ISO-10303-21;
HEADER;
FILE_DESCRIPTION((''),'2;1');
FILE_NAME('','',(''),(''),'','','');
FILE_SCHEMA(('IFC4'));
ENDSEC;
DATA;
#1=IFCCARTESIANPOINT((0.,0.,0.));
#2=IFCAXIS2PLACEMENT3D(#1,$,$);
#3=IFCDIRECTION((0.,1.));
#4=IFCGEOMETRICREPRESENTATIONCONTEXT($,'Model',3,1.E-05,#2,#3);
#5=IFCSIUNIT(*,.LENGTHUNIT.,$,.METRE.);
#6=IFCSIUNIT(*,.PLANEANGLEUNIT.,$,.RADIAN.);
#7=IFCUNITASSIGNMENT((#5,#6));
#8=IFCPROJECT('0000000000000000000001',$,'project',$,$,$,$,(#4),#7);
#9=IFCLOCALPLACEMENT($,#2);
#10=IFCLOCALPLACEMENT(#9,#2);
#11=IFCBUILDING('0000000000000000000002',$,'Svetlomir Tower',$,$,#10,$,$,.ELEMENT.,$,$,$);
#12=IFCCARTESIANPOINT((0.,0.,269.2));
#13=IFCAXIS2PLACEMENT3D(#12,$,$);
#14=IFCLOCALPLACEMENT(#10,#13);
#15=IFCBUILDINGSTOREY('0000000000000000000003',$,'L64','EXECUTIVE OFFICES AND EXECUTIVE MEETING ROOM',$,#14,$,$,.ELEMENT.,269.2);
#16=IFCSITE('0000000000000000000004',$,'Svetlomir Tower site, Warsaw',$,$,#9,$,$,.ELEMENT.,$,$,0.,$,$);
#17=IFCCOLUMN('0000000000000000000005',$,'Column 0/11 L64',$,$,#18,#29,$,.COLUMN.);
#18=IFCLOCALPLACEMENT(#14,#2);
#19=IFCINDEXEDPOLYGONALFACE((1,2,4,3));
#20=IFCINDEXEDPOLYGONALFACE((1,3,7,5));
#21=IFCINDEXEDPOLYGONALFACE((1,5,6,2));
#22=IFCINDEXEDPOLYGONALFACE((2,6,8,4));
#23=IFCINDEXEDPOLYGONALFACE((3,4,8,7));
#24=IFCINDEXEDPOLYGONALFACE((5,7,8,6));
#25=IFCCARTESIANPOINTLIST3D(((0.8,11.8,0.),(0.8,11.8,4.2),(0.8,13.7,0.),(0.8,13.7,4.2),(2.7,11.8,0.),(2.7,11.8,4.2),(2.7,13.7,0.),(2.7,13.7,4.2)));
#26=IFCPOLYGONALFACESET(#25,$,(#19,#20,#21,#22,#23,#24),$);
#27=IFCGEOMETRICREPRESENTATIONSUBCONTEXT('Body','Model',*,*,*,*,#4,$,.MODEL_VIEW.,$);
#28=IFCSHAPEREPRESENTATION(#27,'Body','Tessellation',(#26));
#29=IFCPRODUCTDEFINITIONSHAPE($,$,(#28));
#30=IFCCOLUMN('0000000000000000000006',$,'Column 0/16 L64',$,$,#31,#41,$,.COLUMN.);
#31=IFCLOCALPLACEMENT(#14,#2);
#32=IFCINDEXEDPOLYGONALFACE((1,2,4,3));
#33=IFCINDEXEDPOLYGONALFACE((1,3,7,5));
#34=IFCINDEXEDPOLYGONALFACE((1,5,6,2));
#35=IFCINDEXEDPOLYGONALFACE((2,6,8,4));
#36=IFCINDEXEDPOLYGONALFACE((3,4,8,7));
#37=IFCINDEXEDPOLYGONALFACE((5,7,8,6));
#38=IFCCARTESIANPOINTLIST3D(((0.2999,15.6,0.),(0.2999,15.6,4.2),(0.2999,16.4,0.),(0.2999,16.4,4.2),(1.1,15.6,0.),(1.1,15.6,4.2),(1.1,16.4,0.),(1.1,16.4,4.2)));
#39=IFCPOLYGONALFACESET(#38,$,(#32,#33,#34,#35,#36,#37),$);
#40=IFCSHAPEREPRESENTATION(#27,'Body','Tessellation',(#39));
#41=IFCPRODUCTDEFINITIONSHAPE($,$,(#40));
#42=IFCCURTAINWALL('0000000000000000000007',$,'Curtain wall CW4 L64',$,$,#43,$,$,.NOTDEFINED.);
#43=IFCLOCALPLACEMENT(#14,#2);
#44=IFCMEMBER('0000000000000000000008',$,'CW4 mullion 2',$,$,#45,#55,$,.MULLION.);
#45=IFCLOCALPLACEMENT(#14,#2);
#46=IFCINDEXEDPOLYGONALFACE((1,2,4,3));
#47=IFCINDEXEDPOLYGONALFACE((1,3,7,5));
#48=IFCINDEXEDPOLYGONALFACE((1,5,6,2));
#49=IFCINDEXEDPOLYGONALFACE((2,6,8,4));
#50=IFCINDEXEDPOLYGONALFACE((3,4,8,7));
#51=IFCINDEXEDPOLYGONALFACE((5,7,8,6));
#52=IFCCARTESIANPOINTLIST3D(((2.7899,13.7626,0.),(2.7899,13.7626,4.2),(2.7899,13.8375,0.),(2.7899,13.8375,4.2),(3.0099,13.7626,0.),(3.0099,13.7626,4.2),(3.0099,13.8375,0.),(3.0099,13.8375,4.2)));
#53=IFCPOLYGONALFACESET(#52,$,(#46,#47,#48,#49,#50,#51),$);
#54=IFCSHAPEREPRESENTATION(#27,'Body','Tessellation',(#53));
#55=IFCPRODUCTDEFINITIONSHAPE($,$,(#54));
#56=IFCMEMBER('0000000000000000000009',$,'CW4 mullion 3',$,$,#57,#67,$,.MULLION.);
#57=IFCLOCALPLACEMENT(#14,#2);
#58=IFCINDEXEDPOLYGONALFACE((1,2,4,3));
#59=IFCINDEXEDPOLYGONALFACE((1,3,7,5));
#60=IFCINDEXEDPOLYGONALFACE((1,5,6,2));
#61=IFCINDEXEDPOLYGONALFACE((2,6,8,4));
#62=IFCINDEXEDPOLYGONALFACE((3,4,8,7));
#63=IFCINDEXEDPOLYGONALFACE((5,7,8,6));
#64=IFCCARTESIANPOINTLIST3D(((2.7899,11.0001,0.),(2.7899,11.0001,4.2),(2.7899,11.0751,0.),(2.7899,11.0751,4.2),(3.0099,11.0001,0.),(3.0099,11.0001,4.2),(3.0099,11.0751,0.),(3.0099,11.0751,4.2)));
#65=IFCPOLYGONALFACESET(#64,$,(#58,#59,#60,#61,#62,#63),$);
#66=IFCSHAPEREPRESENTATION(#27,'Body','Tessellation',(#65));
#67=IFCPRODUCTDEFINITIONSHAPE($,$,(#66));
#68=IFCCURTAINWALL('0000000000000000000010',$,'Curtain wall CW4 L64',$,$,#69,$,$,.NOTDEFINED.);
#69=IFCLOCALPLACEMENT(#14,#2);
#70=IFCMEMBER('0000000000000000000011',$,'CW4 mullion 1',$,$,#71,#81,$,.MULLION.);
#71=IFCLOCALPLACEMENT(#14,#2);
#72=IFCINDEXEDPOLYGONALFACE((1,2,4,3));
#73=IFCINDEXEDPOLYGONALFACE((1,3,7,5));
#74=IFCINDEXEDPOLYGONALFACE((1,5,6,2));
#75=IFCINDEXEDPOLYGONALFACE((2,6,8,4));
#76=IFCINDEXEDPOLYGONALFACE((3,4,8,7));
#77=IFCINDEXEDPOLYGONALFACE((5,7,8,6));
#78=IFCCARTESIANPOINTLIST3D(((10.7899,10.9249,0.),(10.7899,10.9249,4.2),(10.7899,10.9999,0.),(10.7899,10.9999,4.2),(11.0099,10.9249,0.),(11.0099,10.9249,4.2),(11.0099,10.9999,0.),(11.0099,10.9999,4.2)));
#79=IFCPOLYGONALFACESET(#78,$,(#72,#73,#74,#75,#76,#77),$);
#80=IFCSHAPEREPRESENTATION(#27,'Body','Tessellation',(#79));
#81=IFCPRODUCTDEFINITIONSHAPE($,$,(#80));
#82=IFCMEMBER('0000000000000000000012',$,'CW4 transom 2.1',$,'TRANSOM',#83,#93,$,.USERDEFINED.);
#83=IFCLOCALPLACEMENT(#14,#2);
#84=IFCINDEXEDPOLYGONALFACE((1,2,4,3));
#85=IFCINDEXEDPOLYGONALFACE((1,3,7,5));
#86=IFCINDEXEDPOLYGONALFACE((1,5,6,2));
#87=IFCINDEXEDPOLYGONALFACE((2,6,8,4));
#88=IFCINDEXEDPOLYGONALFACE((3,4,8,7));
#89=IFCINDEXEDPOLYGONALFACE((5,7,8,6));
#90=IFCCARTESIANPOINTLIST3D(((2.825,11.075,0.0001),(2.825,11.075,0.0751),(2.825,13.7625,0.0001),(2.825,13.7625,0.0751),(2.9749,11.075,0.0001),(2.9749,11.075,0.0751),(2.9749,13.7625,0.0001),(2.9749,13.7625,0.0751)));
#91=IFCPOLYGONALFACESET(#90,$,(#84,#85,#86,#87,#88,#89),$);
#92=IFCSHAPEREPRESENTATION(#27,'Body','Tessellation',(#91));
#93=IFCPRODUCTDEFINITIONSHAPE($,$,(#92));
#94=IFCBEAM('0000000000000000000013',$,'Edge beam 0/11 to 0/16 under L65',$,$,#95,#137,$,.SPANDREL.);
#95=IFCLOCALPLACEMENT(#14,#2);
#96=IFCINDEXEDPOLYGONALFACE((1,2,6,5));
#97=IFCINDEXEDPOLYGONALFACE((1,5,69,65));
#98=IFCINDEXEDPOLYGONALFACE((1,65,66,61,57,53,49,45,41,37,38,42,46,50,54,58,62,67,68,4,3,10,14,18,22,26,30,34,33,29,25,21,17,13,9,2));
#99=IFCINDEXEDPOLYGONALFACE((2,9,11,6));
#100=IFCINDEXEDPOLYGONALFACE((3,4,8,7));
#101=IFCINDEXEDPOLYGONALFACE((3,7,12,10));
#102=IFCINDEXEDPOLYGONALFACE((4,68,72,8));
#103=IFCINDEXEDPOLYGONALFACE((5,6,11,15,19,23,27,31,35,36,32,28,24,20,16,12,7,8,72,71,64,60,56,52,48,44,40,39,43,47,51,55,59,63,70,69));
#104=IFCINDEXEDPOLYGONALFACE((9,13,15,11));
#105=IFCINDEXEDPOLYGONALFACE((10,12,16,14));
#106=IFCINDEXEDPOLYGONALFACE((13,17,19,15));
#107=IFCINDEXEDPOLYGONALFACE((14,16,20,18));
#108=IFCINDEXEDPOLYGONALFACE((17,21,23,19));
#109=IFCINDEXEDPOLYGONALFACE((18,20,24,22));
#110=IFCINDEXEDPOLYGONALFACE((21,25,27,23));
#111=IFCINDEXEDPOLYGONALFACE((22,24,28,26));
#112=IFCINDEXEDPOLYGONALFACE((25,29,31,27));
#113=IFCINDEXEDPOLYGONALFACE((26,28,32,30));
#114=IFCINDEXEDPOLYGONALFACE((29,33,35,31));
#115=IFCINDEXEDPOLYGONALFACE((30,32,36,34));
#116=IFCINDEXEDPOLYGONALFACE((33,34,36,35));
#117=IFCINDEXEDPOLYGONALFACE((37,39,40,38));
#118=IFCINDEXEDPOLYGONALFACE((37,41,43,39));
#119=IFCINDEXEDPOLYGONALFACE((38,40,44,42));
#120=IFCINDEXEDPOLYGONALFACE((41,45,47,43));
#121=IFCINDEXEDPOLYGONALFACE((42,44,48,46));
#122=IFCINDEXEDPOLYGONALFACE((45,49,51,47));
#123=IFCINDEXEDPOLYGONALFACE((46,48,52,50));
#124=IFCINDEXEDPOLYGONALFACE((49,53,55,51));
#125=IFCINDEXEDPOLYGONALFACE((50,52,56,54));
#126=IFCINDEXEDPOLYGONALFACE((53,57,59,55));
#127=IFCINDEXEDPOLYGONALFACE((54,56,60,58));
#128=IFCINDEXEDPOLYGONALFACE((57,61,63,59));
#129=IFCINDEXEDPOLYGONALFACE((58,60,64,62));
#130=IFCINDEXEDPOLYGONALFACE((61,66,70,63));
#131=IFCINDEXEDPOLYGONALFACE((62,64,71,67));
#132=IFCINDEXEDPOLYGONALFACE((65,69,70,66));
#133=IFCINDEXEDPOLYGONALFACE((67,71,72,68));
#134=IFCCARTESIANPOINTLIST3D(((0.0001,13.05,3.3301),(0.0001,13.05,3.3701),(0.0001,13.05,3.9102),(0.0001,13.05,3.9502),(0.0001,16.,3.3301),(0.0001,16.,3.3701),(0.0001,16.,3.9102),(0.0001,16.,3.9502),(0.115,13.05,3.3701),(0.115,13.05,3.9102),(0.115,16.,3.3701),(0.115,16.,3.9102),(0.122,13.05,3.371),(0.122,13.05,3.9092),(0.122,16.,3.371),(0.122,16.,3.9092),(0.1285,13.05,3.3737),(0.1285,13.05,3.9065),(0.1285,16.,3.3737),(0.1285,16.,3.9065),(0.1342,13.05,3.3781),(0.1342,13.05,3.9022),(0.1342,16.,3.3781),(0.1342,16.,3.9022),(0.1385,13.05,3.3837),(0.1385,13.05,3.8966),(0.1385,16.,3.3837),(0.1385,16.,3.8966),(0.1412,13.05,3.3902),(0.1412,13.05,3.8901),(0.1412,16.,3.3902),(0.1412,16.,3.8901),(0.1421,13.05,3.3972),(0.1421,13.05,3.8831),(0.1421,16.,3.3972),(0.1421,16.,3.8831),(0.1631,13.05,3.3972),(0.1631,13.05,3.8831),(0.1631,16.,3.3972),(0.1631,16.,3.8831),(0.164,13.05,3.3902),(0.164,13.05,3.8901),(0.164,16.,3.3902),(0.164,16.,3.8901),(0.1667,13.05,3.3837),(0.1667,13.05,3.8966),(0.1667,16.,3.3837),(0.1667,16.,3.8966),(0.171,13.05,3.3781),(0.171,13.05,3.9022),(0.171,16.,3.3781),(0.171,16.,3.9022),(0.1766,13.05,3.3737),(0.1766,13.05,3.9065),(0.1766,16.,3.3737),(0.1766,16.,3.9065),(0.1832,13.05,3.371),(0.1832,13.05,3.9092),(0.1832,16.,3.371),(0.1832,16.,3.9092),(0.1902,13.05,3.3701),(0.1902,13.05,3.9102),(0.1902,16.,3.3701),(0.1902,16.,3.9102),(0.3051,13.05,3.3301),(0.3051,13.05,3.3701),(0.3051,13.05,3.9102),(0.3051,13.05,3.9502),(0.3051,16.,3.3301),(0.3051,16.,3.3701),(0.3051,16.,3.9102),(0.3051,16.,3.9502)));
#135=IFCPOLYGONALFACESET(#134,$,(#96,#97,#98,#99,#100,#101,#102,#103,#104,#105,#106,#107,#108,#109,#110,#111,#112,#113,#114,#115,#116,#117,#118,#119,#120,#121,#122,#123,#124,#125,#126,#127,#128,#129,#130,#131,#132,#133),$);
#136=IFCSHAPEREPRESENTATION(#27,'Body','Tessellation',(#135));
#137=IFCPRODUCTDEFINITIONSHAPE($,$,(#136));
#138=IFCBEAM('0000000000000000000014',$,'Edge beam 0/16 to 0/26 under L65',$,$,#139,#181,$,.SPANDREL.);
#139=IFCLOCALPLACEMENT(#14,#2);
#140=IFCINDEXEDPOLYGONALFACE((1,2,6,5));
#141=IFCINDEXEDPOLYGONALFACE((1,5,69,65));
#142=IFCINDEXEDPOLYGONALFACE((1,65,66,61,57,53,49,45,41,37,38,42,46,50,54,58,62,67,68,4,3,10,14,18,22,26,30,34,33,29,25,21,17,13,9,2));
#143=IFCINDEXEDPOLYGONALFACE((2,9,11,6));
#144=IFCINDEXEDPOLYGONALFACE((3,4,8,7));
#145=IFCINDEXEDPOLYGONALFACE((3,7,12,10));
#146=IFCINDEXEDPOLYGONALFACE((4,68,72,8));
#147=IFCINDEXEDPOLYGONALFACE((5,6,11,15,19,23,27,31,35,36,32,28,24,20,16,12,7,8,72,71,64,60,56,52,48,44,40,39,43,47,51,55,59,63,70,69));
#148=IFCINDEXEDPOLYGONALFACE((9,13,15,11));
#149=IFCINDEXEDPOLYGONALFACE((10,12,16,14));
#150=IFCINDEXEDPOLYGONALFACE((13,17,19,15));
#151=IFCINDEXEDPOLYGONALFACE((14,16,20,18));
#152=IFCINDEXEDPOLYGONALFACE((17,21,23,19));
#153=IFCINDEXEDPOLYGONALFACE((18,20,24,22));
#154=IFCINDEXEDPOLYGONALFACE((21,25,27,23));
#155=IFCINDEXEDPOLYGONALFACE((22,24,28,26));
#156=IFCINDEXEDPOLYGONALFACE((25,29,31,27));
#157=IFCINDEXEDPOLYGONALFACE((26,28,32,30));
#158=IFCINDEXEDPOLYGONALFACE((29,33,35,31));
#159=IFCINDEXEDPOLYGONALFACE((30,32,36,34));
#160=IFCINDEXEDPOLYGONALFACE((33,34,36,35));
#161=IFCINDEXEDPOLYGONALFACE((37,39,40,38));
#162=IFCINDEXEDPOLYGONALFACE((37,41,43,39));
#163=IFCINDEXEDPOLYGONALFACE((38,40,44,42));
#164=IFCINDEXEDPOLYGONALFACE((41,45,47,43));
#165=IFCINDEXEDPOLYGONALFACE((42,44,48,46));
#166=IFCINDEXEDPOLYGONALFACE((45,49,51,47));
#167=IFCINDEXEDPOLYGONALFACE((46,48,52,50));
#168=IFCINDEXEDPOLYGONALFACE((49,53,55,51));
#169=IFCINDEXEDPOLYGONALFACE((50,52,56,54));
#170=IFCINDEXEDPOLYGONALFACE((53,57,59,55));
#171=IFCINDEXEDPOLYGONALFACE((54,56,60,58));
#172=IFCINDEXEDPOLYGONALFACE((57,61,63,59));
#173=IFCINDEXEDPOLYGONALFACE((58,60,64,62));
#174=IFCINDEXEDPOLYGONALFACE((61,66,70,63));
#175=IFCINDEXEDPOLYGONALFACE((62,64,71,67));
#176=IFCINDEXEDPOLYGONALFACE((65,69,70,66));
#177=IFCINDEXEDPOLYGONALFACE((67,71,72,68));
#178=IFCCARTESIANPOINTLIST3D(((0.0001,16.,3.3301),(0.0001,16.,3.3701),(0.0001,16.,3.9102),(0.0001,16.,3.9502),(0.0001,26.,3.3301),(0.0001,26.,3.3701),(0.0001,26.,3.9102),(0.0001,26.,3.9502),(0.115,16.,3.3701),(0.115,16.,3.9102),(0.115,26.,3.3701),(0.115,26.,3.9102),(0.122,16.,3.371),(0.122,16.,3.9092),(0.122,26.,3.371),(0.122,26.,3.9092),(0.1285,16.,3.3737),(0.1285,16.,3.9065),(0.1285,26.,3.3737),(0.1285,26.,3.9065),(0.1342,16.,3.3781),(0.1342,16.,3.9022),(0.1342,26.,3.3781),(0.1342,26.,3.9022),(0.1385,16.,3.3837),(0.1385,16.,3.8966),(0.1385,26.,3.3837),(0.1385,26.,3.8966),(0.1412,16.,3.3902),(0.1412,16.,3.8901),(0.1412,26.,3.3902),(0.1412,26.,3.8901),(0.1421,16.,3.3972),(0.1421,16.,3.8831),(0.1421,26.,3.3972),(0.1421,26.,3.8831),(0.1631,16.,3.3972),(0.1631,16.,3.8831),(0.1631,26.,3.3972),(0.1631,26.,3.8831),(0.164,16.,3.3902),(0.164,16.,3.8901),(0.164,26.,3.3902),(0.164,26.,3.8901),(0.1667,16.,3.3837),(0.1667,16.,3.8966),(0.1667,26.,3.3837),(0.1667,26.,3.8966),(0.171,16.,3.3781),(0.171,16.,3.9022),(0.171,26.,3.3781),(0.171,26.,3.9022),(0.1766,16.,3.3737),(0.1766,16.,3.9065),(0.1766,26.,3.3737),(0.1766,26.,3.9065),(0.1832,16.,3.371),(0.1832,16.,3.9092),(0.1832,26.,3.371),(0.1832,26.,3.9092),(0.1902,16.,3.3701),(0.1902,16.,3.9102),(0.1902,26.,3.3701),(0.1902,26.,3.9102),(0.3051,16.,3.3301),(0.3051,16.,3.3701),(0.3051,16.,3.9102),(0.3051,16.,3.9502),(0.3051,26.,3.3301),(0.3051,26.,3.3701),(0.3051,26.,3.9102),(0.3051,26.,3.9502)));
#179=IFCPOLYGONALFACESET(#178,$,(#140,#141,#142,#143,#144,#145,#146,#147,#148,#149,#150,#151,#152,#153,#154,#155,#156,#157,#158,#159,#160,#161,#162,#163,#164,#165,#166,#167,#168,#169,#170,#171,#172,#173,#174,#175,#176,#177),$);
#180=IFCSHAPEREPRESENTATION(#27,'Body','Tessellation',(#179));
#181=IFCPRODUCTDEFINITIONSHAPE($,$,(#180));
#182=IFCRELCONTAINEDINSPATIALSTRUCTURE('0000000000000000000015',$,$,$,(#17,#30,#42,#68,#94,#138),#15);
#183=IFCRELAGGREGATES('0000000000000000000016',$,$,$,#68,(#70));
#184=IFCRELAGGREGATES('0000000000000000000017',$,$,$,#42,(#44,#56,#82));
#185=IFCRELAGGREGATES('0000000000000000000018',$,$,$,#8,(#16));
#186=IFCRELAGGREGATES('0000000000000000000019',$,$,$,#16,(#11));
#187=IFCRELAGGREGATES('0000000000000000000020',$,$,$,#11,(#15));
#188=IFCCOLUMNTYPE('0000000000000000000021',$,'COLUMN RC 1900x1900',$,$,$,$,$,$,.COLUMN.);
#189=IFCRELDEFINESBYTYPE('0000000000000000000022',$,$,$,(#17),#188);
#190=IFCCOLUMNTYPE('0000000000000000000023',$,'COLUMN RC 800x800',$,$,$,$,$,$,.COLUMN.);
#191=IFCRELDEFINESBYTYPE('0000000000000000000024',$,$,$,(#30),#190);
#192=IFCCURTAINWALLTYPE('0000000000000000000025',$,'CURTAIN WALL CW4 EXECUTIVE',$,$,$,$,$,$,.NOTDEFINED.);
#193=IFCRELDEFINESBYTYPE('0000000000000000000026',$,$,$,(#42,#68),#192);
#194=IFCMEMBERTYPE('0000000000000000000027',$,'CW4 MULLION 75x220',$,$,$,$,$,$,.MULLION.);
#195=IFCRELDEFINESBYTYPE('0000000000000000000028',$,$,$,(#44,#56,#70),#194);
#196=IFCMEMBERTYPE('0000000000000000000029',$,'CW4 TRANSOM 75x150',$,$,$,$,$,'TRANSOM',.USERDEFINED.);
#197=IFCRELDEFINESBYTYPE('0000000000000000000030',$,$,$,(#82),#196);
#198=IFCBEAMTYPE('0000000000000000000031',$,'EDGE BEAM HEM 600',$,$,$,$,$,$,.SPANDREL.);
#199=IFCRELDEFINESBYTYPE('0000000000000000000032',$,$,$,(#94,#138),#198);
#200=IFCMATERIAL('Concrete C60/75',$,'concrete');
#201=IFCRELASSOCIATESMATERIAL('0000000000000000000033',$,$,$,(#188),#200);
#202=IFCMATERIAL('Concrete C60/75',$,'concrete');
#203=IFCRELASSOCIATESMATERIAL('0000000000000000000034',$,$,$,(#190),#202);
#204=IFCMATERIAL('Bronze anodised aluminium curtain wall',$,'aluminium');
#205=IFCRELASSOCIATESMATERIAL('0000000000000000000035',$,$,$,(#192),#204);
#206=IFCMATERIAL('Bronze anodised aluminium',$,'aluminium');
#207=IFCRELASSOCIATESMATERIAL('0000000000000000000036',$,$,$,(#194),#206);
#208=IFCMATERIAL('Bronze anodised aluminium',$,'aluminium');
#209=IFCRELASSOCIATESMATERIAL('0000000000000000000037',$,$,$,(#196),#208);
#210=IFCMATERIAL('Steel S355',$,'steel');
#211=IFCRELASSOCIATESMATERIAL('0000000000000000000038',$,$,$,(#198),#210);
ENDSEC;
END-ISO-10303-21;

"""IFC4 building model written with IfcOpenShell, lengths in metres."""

from ifc_helpers import new_model, si_unit, direction, frame, origin, origin_2d, place, context, subcontext, project, spatial, rectangle, i_section, extrude, material, material_profile, profile_set, type_object, element, aggregate, save


model = new_model("IFC4")

# Units and contexts
model_context = context("Model", 3, precision=1e-05, world=origin(), true_north=direction((0.0, 1.0)))
body_context = subcontext(model_context, "Body", "Model", "MODEL_VIEW")
ifc_project = project(units=[si_unit("LENGTHUNIT", "METRE"), si_unit("PLANEANGLEUNIT", "RADIAN")], contexts=[model_context])

# Site, building, storey
site_placement = place(None, origin())
site = spatial("IfcSite", under=ifc_project, at=site_placement, Name="Svetlomir Tower site, Warsaw", CompositionType="ELEMENT", RefElevation=0.0)
building_placement = place(site_placement, origin())
building = spatial("IfcBuilding", under=site, at=building_placement, Name="Svetlomir Tower", CompositionType="ELEMENT")
storey_placement = place(building_placement, frame((0.0, 0.0, 269.2)))
storey = spatial("IfcBuildingStorey", under=building, at=storey_placement, Name="L64", Description="EXECUTIVE OFFICES AND EXECUTIVE MEETING ROOM", CompositionType="ELEMENT", Elevation=269.2)

# Columns
ifc_material_1 = material(Name="Concrete C60/75", Category="concrete")
ifc_material_profile_1 = material_profile(ifc_material_1, rectangle(XDim=1.8999, YDim=1.8999, at=origin_2d()), Name="RC 1900x1900")
ifc_profile_set_1 = profile_set([ifc_material_profile_1], Name="Concrete C60/75")
column_type_1 = type_object("IfcColumnType", Name="COLUMN RC 1900x1900", PredefinedType="COLUMN", material=ifc_profile_set_1)
column_1_placement = place(storey_placement, frame((1.75, 12.75, 0.0), z_axis=(0.0, 0.0, 1.0), x_axis=(1.0, 0.0, 0.0)))
element("IfcColumn", 1, at=column_1_placement, inside=storey, type_object=column_type_1, Name="Column 0/11 L64", PredefinedType="COLUMN", context=body_context, shape_type="SweptSolid", body=[
    extrude(rectangle(XDim=1.8999, YDim=1.8999, at=origin_2d()), origin(), (0.0, 0.0, 1.0), 4.2),
])
ifc_material_2 = material(Name="Concrete C60/75", Category="concrete")
ifc_material_profile_2 = material_profile(ifc_material_2, rectangle(XDim=0.8, YDim=0.8, at=origin_2d()), Name="RC 800x800")
ifc_profile_set_2 = profile_set([ifc_material_profile_2], Name="Concrete C60/75")
column_type_2 = type_object("IfcColumnType", Name="COLUMN RC 800x800", PredefinedType="COLUMN", material=ifc_profile_set_2)
column_2_placement = place(storey_placement, frame((0.7, 16.0, 0.0), z_axis=(0.0, 0.0, 1.0), x_axis=(1.0, 0.0, 0.0)))
element("IfcColumn", 2, at=column_2_placement, inside=storey, type_object=column_type_2, Name="Column 0/16 L64", PredefinedType="COLUMN", context=body_context, shape_type="SweptSolid", body=[
    extrude(rectangle(XDim=0.8, YDim=0.8, at=origin_2d()), origin(), (0.0, 0.0, 1.0), 4.2),
])

# Curtain wall, members
ifc_material_3 = material(Name="Bronze anodised aluminium curtain wall", Category="aluminium")
curtain_wall_type = type_object("IfcCurtainWallType", Name="CURTAIN WALL CW4 EXECUTIVE", PredefinedType="NOTDEFINED", material=ifc_material_3)
curtain_wall_1_placement = place(storey_placement, origin())
curtain_wall_1 = element("IfcCurtainWall", 3, at=curtain_wall_1_placement, inside=storey, type_object=curtain_wall_type, Name="Curtain wall CW4 L64", PredefinedType="NOTDEFINED")
ifc_material_4 = material(Name="Bronze anodised aluminium", Category="aluminium")
ifc_material_profile_3 = material_profile(ifc_material_4, rectangle(XDim=0.075, YDim=0.22, at=origin_2d()), Name="AL 75x220")
ifc_profile_set_3 = profile_set([ifc_material_profile_3], Name="Bronze anodised aluminium 6063-T6")
member_type_1 = type_object("IfcMemberType", Name="CW4 MULLION 75x220", PredefinedType="MULLION", material=ifc_profile_set_3)
member_1_placement = place(storey_placement, frame((2.8999, 13.8, 0.0), z_axis=(0.0, 0.0, 1.0), x_axis=(0.0, -1.0, 0.0)))
member_1 = element("IfcMember", 4, at=member_1_placement, type_object=member_type_1, Name="CW4 mullion 2", PredefinedType="MULLION", context=body_context, shape_type="SweptSolid", body=[
    extrude(rectangle(XDim=0.075, YDim=0.22, at=origin_2d()), origin(), (0.0, 0.0, 1.0), 4.2),
])
member_2_placement = place(storey_placement, frame((2.8999, 11.0376, 0.0), z_axis=(0.0, 0.0, 1.0), x_axis=(0.0, -1.0, 0.0)))
member_2 = element("IfcMember", 5, at=member_2_placement, type_object=member_type_1, Name="CW4 mullion 3", PredefinedType="MULLION", context=body_context, shape_type="SweptSolid", body=[
    extrude(rectangle(XDim=0.075, YDim=0.22, at=origin_2d()), origin(), (0.0, 0.0, 1.0), 4.2),
])

# Curtain wall, member
curtain_wall_2_placement = place(storey_placement, origin())
curtain_wall_2 = element("IfcCurtainWall", 6, at=curtain_wall_2_placement, inside=storey, type_object=curtain_wall_type, Name="Curtain wall CW4 L64", PredefinedType="NOTDEFINED")
member_3_placement = place(storey_placement, frame((10.8999, 10.9624, 0.0), z_axis=(0.0, 0.0, 1.0), x_axis=(0.0, -1.0, 0.0)))
member_3 = element("IfcMember", 7, at=member_3_placement, type_object=member_type_1, Name="CW4 mullion 1", PredefinedType="MULLION", context=body_context, shape_type="SweptSolid", body=[
    extrude(rectangle(XDim=0.075, YDim=0.22, at=origin_2d()), origin(), (0.0, 0.0, 1.0), 4.2),
])
aggregate(curtain_wall_2, [member_3])

# Member
ifc_material_5 = material(Name="Bronze anodised aluminium", Category="aluminium")
ifc_material_profile_4 = material_profile(ifc_material_5, rectangle(XDim=0.1499, YDim=0.075, at=origin_2d()), Name="AL 150x75")
ifc_profile_set_4 = profile_set([ifc_material_profile_4], Name="Bronze anodised aluminium 6063-T6")
member_type_2 = type_object("IfcMemberType", Name="CW4 TRANSOM 75x150", ElementType="TRANSOM", PredefinedType="USERDEFINED", material=ifc_profile_set_4)
member_4_placement = place(storey_placement, frame((2.8999, 13.7625, 0.0376), z_axis=(0.0, -1.0, 0.0), x_axis=(1.0, 0.0, 0.0)))
member_4 = element("IfcMember", 8, at=member_4_placement, type_object=member_type_2, Name="CW4 transom 2.1", ObjectType="TRANSOM", PredefinedType="USERDEFINED", context=body_context, shape_type="SweptSolid", body=[
    extrude(rectangle(XDim=0.1499, YDim=0.075, at=origin_2d()), origin(), (0.0, 0.0, 1.0), 2.6875),
])

# Beams
ifc_material_6 = material(Name="Steel S355", Category="steel")
ifc_material_profile_5 = material_profile(ifc_material_6, i_section(OverallWidth=0.3049, OverallDepth=0.6201, WebThickness=0.021, FlangeThickness=0.04, FilletRadius=0.0271, at=origin_2d()), Name="HEM 600")
ifc_profile_set_5 = profile_set([ifc_material_profile_5], Name="Steel S355")
beam_type_1 = type_object("IfcBeamType", Name="EDGE BEAM HEM 600", PredefinedType="SPANDREL", material=ifc_profile_set_5)
beam_1_placement = place(storey_placement, frame((0.1526, 13.05, 3.6401), z_axis=(0.0, 1.0, 0.0), x_axis=(-1.0, 0.0, 0.0)))
element("IfcBeam", 9, at=beam_1_placement, inside=storey, type_object=beam_type_1, Name="Edge beam 0/11 to 0/16 under L65", PredefinedType="SPANDREL", context=body_context, shape_type="SweptSolid", body=[
    extrude(i_section(OverallWidth=0.3049, OverallDepth=0.6201, WebThickness=0.021, FlangeThickness=0.04, FilletRadius=0.0271, at=origin_2d()), origin(), (0.0, 0.0, 1.0), 2.95),
])
beam_2_placement = place(storey_placement, frame((0.1526, 16.0, 3.6401), z_axis=(0.0, 1.0, 0.0), x_axis=(-1.0, 0.0, 0.0)))
element("IfcBeam", 10, at=beam_2_placement, inside=storey, type_object=beam_type_1, Name="Edge beam 0/16 to 0/26 under L65", PredefinedType="SPANDREL", context=body_context, shape_type="SweptSolid", body=[
    extrude(i_section(OverallWidth=0.3049, OverallDepth=0.6201, WebThickness=0.021, FlangeThickness=0.04, FilletRadius=0.0271, at=origin_2d()), origin(), (0.0, 0.0, 1.0), 10.0),
])

aggregate(curtain_wall_1, [member_1, member_2, member_4])

save(model, "model.ifc")
